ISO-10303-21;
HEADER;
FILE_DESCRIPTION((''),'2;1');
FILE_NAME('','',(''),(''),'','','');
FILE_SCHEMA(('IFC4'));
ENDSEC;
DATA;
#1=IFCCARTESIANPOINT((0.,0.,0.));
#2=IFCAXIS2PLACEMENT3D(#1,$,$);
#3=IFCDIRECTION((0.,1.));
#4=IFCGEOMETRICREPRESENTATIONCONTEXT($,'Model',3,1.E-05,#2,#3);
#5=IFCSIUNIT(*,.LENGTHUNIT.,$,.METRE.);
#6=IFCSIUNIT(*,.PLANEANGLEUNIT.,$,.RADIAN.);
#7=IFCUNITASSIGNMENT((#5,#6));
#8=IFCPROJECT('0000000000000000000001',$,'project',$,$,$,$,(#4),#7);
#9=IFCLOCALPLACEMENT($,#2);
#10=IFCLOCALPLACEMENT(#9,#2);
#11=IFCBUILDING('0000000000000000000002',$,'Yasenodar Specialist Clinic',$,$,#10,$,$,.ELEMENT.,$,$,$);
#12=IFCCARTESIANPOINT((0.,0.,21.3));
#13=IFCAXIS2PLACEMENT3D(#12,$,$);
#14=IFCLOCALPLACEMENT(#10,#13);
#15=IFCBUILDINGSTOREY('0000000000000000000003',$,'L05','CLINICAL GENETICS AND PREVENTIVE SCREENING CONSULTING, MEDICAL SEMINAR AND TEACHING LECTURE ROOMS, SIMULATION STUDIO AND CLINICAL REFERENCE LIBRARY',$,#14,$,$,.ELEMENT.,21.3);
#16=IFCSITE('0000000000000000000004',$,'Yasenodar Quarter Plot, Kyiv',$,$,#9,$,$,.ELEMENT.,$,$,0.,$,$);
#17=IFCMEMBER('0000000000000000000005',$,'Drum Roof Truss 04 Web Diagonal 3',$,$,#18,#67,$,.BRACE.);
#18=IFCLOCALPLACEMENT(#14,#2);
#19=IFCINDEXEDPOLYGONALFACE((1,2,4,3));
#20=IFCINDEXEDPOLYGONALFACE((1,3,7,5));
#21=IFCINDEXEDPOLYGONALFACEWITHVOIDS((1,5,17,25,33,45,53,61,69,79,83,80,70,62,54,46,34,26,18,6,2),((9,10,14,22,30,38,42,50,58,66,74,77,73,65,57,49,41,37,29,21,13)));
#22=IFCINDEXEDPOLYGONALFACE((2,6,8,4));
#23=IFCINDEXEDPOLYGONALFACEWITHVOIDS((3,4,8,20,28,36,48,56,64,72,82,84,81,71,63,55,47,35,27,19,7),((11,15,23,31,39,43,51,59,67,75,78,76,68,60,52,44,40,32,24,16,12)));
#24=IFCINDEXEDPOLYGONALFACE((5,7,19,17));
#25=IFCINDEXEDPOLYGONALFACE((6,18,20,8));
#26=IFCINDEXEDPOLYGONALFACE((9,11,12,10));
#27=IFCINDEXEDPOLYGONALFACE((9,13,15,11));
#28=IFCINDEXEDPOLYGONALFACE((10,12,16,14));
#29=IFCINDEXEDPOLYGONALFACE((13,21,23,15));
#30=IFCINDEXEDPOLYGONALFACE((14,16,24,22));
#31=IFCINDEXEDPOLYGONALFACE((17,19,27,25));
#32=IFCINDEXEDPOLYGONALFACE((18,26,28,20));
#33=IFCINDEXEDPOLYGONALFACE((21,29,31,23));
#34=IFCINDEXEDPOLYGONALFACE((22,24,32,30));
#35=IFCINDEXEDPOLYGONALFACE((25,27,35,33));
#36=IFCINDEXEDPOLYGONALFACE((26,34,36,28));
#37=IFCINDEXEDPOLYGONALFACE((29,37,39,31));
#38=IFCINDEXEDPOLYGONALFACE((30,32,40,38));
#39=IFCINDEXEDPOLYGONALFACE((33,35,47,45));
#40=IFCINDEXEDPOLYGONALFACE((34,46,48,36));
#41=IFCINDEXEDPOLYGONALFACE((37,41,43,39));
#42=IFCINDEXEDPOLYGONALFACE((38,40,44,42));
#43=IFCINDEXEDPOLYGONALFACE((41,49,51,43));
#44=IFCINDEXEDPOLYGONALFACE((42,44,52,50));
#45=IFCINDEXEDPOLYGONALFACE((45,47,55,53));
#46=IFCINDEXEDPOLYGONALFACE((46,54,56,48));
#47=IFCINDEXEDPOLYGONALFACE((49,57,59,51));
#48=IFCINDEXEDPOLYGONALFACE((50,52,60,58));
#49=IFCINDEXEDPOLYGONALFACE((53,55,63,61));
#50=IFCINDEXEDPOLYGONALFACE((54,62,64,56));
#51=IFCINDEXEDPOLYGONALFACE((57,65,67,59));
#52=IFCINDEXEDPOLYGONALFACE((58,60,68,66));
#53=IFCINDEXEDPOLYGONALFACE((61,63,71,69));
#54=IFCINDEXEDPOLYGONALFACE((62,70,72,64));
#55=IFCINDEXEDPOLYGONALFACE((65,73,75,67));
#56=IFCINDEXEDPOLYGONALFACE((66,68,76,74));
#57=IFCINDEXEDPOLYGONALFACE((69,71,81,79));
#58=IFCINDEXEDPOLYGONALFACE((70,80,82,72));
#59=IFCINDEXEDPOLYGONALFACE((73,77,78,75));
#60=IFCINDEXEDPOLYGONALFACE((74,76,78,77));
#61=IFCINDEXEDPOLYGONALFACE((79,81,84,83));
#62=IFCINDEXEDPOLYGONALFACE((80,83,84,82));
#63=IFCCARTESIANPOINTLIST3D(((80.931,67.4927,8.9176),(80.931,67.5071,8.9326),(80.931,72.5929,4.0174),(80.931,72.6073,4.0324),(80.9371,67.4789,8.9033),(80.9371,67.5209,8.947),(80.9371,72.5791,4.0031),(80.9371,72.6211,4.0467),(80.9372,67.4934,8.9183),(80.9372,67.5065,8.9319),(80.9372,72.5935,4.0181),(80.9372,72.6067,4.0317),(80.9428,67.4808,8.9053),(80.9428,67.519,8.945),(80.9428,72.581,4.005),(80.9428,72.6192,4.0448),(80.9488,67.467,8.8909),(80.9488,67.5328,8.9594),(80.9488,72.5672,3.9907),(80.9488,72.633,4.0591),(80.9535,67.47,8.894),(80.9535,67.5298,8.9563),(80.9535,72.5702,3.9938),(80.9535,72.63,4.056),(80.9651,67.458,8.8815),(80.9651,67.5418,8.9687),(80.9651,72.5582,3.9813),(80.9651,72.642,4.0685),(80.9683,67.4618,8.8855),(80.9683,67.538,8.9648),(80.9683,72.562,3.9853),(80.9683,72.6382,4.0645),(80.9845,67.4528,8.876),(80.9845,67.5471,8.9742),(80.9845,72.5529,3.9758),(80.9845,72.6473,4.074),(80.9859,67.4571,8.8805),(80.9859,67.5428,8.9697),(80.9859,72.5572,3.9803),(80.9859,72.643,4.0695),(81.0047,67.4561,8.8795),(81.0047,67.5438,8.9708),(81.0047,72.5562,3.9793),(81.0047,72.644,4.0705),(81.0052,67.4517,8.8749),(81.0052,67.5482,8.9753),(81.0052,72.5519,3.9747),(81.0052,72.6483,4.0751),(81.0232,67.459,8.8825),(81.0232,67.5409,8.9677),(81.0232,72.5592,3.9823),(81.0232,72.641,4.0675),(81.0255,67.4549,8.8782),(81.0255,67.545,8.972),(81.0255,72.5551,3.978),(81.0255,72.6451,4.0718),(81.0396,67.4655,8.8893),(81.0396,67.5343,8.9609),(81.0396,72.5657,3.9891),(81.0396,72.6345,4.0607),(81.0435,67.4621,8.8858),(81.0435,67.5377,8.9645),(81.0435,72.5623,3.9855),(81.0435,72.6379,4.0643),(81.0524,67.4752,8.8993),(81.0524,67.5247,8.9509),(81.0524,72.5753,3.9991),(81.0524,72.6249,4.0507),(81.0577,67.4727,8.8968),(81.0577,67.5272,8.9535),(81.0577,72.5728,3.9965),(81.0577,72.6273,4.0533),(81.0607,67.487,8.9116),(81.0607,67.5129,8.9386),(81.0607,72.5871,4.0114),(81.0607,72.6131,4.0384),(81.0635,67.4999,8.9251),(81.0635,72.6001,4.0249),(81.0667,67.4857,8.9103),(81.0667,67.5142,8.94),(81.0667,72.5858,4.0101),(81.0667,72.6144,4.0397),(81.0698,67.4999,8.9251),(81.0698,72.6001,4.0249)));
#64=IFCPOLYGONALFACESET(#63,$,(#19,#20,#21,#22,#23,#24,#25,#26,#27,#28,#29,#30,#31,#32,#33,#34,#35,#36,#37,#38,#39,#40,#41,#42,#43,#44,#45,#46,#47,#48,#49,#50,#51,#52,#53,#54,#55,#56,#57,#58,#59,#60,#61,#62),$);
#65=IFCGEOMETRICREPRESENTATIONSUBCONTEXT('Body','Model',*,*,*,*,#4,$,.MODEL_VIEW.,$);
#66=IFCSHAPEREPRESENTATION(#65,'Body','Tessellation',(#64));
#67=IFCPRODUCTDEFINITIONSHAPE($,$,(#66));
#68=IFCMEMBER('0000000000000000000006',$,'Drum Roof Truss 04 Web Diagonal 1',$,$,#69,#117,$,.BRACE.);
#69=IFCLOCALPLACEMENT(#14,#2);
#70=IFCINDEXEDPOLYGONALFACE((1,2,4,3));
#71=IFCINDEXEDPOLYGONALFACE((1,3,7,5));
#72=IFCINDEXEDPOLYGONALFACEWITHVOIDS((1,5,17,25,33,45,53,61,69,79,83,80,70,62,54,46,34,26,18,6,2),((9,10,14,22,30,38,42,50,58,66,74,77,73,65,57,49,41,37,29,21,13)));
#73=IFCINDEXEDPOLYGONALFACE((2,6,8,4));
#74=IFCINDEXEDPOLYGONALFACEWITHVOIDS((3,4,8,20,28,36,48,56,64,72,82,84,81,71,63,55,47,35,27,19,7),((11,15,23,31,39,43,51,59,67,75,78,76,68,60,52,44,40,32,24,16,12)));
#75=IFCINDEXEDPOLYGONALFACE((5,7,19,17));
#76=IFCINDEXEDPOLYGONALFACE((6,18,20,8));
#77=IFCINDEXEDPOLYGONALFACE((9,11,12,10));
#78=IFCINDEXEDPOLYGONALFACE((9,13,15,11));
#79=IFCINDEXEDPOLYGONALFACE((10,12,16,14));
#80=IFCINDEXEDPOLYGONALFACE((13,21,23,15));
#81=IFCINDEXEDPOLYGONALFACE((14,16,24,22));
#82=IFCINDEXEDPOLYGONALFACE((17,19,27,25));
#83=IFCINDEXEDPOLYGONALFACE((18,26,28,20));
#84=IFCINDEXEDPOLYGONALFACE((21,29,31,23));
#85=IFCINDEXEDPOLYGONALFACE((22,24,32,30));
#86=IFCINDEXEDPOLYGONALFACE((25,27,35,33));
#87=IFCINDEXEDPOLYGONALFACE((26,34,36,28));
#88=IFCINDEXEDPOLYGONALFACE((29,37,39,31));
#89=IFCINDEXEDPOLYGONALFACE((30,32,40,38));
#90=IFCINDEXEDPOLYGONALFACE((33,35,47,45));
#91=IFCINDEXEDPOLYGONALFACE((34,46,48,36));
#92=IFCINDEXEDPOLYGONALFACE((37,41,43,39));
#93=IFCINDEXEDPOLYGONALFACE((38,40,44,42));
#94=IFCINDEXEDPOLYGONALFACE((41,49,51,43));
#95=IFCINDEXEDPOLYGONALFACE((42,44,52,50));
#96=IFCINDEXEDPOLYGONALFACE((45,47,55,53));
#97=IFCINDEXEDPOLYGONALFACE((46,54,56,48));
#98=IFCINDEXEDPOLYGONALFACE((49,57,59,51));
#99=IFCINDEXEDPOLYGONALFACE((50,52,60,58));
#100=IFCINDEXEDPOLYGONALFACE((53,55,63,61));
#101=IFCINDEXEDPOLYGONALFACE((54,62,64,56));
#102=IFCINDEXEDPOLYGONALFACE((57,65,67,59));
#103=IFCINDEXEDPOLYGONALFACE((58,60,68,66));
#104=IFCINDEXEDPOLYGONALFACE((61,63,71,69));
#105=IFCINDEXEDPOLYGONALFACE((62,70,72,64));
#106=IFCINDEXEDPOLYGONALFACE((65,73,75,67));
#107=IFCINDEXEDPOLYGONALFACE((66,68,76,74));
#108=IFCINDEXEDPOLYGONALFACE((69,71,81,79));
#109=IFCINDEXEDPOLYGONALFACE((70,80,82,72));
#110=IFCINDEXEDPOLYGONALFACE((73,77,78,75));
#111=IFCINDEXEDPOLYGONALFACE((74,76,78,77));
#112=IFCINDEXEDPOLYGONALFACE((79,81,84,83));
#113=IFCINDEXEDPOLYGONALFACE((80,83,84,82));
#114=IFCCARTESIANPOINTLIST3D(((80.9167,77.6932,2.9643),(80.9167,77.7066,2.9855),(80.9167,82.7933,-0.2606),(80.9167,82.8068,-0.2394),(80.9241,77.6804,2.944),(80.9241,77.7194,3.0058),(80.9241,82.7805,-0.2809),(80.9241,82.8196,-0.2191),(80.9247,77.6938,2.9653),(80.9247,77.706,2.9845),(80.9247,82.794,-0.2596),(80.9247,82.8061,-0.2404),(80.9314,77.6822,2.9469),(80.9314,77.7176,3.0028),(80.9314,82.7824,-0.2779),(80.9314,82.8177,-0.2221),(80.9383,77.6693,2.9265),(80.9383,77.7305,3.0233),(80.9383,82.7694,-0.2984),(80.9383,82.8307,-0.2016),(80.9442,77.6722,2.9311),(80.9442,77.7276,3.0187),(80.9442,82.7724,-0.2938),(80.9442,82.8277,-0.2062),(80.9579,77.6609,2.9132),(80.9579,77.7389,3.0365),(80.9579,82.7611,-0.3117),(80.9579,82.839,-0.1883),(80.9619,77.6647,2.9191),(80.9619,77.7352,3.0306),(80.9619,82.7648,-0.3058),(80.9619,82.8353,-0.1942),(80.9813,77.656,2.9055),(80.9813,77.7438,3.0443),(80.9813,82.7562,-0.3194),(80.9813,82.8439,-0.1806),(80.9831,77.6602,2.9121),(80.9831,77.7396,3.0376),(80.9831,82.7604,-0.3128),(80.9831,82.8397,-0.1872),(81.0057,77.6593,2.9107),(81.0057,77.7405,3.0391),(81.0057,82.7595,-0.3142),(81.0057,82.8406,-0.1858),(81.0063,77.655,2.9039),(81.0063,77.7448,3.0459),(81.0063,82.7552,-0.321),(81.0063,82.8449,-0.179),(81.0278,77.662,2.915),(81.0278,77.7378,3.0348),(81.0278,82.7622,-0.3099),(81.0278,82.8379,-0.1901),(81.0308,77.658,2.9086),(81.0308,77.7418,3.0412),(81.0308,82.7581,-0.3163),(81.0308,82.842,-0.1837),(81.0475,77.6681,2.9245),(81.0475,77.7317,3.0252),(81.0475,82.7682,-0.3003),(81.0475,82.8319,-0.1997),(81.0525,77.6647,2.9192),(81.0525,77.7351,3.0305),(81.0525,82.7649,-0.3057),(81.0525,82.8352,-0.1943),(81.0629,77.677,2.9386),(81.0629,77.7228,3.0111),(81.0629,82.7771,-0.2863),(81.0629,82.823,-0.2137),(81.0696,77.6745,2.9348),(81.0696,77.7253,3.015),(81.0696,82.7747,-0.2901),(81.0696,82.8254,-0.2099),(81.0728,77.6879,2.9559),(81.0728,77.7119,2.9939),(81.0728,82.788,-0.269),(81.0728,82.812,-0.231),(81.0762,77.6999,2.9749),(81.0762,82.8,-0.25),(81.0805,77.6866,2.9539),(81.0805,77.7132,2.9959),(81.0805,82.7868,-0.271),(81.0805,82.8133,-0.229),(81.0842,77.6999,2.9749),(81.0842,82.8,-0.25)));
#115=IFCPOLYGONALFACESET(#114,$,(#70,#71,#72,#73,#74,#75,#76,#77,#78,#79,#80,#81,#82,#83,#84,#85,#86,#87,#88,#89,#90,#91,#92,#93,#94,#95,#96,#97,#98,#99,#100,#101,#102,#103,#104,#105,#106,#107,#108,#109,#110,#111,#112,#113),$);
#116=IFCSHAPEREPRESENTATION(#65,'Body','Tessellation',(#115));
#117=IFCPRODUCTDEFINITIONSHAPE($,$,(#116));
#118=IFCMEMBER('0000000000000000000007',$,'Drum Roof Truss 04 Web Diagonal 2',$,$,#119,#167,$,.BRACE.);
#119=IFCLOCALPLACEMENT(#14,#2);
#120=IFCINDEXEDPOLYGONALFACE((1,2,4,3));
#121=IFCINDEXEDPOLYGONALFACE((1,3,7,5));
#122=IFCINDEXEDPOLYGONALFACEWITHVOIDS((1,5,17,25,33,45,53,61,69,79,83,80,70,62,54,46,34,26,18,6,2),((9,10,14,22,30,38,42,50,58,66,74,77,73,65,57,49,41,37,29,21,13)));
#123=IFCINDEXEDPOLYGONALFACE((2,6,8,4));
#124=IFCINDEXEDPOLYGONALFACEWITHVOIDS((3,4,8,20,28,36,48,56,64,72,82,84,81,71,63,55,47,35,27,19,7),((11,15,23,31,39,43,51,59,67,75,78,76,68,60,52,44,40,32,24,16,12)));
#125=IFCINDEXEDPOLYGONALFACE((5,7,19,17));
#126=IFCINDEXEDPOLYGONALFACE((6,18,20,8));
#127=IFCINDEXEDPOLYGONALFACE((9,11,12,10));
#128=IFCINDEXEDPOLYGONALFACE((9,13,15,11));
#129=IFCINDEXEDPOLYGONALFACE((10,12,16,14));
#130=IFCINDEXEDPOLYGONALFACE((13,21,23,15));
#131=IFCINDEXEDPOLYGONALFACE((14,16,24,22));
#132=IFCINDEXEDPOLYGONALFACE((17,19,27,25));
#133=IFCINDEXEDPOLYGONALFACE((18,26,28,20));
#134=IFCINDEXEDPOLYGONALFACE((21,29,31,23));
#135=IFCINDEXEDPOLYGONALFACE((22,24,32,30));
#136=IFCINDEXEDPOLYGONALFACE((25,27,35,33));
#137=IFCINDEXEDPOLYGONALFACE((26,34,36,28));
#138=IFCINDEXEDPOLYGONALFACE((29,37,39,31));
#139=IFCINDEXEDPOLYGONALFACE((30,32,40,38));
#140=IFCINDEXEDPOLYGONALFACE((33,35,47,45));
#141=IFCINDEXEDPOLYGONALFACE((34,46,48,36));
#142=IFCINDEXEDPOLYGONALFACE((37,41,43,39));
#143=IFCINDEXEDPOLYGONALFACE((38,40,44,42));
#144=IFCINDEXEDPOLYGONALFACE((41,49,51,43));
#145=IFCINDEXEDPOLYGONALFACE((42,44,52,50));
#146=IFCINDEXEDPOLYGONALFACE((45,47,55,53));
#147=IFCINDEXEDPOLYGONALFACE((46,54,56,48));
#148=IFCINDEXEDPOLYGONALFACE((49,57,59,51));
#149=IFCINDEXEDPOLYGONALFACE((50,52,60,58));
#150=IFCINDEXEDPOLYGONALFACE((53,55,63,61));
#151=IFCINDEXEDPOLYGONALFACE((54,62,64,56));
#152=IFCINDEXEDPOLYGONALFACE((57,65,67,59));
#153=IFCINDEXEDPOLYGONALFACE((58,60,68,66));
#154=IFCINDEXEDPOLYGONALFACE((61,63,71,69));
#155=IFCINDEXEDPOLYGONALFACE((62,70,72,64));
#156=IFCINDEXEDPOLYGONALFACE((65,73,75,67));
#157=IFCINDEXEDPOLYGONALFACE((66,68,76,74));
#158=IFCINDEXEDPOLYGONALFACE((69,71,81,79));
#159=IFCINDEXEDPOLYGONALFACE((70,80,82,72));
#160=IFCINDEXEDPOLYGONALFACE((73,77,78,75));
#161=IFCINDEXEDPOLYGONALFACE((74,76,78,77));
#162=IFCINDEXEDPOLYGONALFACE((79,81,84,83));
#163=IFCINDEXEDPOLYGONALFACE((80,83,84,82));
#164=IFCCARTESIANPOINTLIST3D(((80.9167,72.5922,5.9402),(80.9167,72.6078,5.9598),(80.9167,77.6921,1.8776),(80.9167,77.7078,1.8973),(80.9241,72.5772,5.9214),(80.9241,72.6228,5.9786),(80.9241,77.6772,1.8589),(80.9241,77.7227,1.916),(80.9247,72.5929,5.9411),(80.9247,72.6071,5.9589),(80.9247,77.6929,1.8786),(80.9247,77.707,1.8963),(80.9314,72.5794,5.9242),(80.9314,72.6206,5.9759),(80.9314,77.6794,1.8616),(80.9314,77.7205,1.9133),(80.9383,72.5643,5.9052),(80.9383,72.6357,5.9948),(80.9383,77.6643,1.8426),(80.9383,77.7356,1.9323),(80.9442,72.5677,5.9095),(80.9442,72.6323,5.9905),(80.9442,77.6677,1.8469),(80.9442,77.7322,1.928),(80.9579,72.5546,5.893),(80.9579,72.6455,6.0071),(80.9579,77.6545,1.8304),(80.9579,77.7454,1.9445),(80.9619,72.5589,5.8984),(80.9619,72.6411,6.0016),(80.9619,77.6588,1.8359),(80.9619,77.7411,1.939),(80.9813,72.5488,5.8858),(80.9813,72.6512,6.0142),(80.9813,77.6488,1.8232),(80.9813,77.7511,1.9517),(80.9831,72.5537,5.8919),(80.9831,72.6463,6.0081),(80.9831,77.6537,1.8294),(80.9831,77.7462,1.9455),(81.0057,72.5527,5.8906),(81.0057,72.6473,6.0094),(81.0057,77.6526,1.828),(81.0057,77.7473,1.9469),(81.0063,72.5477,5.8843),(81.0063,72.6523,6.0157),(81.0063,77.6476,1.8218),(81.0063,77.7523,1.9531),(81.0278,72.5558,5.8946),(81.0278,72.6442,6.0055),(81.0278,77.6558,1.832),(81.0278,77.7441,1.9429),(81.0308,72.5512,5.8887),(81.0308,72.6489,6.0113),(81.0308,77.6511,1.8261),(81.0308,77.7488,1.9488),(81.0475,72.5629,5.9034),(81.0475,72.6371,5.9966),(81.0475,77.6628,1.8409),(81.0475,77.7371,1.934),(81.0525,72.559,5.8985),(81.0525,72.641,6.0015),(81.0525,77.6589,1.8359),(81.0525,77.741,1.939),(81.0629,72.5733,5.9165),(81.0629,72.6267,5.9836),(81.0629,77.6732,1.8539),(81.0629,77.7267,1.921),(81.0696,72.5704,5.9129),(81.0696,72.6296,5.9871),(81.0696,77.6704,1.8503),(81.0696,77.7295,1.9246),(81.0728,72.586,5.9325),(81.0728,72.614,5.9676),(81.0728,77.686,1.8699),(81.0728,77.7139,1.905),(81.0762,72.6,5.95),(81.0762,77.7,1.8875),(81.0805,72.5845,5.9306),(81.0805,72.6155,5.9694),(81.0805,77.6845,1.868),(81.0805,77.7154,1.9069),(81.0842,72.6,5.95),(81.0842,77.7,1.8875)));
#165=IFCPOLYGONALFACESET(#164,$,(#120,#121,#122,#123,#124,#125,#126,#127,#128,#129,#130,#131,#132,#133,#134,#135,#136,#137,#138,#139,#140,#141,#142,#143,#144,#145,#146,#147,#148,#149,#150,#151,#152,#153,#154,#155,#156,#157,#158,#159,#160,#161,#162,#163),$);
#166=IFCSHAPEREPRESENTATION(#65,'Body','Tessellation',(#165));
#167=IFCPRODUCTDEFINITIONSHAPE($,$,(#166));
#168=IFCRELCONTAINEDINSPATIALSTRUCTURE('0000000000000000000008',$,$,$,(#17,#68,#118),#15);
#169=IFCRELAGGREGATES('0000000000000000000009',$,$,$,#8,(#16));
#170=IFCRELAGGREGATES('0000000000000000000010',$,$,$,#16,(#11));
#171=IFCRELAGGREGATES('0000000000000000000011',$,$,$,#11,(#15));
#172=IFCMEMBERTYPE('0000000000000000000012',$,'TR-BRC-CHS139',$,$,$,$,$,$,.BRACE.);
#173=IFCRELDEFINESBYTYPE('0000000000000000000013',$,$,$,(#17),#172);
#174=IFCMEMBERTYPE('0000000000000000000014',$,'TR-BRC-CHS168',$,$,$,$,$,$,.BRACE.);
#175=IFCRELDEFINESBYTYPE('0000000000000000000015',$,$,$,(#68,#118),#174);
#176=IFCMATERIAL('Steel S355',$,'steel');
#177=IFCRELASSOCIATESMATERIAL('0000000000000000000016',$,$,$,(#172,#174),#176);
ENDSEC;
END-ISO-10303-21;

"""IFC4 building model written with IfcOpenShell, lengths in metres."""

from ifc_helpers import new_model, si_unit, direction, frame, origin, origin_2d, place, context, subcontext, project, spatial, hollow_circle, extrude, material, material_profile, profile_set, type_object, element, save


model = new_model("IFC4")

# Units and contexts
model_context = context("Model", 3, precision=1e-05, world=origin(), true_north=direction((0.0, 1.0)))
body_context = subcontext(model_context, "Body", "Model", "MODEL_VIEW")
ifc_project = project(units=[si_unit("LENGTHUNIT", "METRE"), si_unit("PLANEANGLEUNIT", "RADIAN")], contexts=[model_context])

# Site, building, storey
site_placement = place(None, origin())
site = spatial("IfcSite", under=ifc_project, at=site_placement, Name="Yasenodar Quarter Plot, Kyiv", CompositionType="ELEMENT", RefElevation=0.0)
building_placement = place(site_placement, origin())
building = spatial("IfcBuilding", under=site, at=building_placement, Name="Yasenodar Specialist Clinic", CompositionType="ELEMENT")
storey_placement = place(building_placement, frame((0.0, 0.0, 21.3)))
storey = spatial("IfcBuildingStorey", under=building, at=storey_placement, Name="L05", Description="CLINICAL GENETICS AND PREVENTIVE SCREENING CONSULTING, MEDICAL SEMINAR AND TEACHING LECTURE ROOMS, SIMULATION STUDIO AND CLINICAL REFERENCE LIBRARY", CompositionType="ELEMENT", Elevation=21.3)

# Shared definitions
ifc_material_1 = material(Name="Steel S355", Category="steel")

# Members
ifc_material_profile_1 = material_profile(ifc_material_1, hollow_circle(Radius=0.0698, WallThickness=0.0063, at=origin_2d()), Name="CHS 139.7x6.3")
ifc_profile_set_1 = profile_set([ifc_material_profile_1], Name="Steel S355")
member_type_1 = type_object("IfcMemberType", Name="TR-BRC-CHS139", PredefinedType="BRACE", material=ifc_profile_set_1)
member_1_placement = place(storey_placement, frame((81.0, 72.6001, 4.0249), z_axis=(0.0, -0.721101, 0.69283), x_axis=(1.0, 0.0, 0.0)))
element("IfcMember", 1, at=member_1_placement, inside=storey, type_object=member_type_1, Name="Drum Roof Truss 04 Web Diagonal 3", PredefinedType="BRACE", context=body_context, shape_type="SweptSolid", body=[
    extrude(hollow_circle(Radius=0.0698, WallThickness=0.0063, at=origin_2d()), origin(), (0.0, 0.0, 1.0), 7.0728),
])
ifc_material_profile_2 = material_profile(ifc_material_1, hollow_circle(Radius=0.0842, WallThickness=0.0081, at=origin_2d()), Name="CHS 168.3x8")
ifc_profile_set_2 = profile_set([ifc_material_profile_2], Name="Steel S355")
member_type_2 = type_object("IfcMemberType", Name="TR-BRC-CHS168", PredefinedType="BRACE", material=ifc_profile_set_2)
member_2_placement = place(storey_placement, frame((81.0, 82.8, -0.25), z_axis=(0.0, -0.845209, 0.534436), x_axis=(1.0, 0.0, 0.0)))
element("IfcMember", 2, at=member_2_placement, inside=storey, type_object=member_type_2, Name="Drum Roof Truss 04 Web Diagonal 1", PredefinedType="BRACE", context=body_context, shape_type="SweptSolid", body=[
    extrude(hollow_circle(Radius=0.0842, WallThickness=0.0081, at=origin_2d()), origin(), (0.0, 0.0, 1.0), 6.0342),
])
member_3_placement = place(storey_placement, frame((81.0, 77.7, 1.8875), z_axis=(0.0, -0.782168, 0.623068), x_axis=(1.0, 0.0, 0.0)))
element("IfcMember", 3, at=member_3_placement, inside=storey, type_object=member_type_2, Name="Drum Roof Truss 04 Web Diagonal 2", PredefinedType="BRACE", context=body_context, shape_type="SweptSolid", body=[
    extrude(hollow_circle(Radius=0.0842, WallThickness=0.0081, at=origin_2d()), origin(), (0.0, 0.0, 1.0), 6.5203),
])

save(model, "model.ifc")
